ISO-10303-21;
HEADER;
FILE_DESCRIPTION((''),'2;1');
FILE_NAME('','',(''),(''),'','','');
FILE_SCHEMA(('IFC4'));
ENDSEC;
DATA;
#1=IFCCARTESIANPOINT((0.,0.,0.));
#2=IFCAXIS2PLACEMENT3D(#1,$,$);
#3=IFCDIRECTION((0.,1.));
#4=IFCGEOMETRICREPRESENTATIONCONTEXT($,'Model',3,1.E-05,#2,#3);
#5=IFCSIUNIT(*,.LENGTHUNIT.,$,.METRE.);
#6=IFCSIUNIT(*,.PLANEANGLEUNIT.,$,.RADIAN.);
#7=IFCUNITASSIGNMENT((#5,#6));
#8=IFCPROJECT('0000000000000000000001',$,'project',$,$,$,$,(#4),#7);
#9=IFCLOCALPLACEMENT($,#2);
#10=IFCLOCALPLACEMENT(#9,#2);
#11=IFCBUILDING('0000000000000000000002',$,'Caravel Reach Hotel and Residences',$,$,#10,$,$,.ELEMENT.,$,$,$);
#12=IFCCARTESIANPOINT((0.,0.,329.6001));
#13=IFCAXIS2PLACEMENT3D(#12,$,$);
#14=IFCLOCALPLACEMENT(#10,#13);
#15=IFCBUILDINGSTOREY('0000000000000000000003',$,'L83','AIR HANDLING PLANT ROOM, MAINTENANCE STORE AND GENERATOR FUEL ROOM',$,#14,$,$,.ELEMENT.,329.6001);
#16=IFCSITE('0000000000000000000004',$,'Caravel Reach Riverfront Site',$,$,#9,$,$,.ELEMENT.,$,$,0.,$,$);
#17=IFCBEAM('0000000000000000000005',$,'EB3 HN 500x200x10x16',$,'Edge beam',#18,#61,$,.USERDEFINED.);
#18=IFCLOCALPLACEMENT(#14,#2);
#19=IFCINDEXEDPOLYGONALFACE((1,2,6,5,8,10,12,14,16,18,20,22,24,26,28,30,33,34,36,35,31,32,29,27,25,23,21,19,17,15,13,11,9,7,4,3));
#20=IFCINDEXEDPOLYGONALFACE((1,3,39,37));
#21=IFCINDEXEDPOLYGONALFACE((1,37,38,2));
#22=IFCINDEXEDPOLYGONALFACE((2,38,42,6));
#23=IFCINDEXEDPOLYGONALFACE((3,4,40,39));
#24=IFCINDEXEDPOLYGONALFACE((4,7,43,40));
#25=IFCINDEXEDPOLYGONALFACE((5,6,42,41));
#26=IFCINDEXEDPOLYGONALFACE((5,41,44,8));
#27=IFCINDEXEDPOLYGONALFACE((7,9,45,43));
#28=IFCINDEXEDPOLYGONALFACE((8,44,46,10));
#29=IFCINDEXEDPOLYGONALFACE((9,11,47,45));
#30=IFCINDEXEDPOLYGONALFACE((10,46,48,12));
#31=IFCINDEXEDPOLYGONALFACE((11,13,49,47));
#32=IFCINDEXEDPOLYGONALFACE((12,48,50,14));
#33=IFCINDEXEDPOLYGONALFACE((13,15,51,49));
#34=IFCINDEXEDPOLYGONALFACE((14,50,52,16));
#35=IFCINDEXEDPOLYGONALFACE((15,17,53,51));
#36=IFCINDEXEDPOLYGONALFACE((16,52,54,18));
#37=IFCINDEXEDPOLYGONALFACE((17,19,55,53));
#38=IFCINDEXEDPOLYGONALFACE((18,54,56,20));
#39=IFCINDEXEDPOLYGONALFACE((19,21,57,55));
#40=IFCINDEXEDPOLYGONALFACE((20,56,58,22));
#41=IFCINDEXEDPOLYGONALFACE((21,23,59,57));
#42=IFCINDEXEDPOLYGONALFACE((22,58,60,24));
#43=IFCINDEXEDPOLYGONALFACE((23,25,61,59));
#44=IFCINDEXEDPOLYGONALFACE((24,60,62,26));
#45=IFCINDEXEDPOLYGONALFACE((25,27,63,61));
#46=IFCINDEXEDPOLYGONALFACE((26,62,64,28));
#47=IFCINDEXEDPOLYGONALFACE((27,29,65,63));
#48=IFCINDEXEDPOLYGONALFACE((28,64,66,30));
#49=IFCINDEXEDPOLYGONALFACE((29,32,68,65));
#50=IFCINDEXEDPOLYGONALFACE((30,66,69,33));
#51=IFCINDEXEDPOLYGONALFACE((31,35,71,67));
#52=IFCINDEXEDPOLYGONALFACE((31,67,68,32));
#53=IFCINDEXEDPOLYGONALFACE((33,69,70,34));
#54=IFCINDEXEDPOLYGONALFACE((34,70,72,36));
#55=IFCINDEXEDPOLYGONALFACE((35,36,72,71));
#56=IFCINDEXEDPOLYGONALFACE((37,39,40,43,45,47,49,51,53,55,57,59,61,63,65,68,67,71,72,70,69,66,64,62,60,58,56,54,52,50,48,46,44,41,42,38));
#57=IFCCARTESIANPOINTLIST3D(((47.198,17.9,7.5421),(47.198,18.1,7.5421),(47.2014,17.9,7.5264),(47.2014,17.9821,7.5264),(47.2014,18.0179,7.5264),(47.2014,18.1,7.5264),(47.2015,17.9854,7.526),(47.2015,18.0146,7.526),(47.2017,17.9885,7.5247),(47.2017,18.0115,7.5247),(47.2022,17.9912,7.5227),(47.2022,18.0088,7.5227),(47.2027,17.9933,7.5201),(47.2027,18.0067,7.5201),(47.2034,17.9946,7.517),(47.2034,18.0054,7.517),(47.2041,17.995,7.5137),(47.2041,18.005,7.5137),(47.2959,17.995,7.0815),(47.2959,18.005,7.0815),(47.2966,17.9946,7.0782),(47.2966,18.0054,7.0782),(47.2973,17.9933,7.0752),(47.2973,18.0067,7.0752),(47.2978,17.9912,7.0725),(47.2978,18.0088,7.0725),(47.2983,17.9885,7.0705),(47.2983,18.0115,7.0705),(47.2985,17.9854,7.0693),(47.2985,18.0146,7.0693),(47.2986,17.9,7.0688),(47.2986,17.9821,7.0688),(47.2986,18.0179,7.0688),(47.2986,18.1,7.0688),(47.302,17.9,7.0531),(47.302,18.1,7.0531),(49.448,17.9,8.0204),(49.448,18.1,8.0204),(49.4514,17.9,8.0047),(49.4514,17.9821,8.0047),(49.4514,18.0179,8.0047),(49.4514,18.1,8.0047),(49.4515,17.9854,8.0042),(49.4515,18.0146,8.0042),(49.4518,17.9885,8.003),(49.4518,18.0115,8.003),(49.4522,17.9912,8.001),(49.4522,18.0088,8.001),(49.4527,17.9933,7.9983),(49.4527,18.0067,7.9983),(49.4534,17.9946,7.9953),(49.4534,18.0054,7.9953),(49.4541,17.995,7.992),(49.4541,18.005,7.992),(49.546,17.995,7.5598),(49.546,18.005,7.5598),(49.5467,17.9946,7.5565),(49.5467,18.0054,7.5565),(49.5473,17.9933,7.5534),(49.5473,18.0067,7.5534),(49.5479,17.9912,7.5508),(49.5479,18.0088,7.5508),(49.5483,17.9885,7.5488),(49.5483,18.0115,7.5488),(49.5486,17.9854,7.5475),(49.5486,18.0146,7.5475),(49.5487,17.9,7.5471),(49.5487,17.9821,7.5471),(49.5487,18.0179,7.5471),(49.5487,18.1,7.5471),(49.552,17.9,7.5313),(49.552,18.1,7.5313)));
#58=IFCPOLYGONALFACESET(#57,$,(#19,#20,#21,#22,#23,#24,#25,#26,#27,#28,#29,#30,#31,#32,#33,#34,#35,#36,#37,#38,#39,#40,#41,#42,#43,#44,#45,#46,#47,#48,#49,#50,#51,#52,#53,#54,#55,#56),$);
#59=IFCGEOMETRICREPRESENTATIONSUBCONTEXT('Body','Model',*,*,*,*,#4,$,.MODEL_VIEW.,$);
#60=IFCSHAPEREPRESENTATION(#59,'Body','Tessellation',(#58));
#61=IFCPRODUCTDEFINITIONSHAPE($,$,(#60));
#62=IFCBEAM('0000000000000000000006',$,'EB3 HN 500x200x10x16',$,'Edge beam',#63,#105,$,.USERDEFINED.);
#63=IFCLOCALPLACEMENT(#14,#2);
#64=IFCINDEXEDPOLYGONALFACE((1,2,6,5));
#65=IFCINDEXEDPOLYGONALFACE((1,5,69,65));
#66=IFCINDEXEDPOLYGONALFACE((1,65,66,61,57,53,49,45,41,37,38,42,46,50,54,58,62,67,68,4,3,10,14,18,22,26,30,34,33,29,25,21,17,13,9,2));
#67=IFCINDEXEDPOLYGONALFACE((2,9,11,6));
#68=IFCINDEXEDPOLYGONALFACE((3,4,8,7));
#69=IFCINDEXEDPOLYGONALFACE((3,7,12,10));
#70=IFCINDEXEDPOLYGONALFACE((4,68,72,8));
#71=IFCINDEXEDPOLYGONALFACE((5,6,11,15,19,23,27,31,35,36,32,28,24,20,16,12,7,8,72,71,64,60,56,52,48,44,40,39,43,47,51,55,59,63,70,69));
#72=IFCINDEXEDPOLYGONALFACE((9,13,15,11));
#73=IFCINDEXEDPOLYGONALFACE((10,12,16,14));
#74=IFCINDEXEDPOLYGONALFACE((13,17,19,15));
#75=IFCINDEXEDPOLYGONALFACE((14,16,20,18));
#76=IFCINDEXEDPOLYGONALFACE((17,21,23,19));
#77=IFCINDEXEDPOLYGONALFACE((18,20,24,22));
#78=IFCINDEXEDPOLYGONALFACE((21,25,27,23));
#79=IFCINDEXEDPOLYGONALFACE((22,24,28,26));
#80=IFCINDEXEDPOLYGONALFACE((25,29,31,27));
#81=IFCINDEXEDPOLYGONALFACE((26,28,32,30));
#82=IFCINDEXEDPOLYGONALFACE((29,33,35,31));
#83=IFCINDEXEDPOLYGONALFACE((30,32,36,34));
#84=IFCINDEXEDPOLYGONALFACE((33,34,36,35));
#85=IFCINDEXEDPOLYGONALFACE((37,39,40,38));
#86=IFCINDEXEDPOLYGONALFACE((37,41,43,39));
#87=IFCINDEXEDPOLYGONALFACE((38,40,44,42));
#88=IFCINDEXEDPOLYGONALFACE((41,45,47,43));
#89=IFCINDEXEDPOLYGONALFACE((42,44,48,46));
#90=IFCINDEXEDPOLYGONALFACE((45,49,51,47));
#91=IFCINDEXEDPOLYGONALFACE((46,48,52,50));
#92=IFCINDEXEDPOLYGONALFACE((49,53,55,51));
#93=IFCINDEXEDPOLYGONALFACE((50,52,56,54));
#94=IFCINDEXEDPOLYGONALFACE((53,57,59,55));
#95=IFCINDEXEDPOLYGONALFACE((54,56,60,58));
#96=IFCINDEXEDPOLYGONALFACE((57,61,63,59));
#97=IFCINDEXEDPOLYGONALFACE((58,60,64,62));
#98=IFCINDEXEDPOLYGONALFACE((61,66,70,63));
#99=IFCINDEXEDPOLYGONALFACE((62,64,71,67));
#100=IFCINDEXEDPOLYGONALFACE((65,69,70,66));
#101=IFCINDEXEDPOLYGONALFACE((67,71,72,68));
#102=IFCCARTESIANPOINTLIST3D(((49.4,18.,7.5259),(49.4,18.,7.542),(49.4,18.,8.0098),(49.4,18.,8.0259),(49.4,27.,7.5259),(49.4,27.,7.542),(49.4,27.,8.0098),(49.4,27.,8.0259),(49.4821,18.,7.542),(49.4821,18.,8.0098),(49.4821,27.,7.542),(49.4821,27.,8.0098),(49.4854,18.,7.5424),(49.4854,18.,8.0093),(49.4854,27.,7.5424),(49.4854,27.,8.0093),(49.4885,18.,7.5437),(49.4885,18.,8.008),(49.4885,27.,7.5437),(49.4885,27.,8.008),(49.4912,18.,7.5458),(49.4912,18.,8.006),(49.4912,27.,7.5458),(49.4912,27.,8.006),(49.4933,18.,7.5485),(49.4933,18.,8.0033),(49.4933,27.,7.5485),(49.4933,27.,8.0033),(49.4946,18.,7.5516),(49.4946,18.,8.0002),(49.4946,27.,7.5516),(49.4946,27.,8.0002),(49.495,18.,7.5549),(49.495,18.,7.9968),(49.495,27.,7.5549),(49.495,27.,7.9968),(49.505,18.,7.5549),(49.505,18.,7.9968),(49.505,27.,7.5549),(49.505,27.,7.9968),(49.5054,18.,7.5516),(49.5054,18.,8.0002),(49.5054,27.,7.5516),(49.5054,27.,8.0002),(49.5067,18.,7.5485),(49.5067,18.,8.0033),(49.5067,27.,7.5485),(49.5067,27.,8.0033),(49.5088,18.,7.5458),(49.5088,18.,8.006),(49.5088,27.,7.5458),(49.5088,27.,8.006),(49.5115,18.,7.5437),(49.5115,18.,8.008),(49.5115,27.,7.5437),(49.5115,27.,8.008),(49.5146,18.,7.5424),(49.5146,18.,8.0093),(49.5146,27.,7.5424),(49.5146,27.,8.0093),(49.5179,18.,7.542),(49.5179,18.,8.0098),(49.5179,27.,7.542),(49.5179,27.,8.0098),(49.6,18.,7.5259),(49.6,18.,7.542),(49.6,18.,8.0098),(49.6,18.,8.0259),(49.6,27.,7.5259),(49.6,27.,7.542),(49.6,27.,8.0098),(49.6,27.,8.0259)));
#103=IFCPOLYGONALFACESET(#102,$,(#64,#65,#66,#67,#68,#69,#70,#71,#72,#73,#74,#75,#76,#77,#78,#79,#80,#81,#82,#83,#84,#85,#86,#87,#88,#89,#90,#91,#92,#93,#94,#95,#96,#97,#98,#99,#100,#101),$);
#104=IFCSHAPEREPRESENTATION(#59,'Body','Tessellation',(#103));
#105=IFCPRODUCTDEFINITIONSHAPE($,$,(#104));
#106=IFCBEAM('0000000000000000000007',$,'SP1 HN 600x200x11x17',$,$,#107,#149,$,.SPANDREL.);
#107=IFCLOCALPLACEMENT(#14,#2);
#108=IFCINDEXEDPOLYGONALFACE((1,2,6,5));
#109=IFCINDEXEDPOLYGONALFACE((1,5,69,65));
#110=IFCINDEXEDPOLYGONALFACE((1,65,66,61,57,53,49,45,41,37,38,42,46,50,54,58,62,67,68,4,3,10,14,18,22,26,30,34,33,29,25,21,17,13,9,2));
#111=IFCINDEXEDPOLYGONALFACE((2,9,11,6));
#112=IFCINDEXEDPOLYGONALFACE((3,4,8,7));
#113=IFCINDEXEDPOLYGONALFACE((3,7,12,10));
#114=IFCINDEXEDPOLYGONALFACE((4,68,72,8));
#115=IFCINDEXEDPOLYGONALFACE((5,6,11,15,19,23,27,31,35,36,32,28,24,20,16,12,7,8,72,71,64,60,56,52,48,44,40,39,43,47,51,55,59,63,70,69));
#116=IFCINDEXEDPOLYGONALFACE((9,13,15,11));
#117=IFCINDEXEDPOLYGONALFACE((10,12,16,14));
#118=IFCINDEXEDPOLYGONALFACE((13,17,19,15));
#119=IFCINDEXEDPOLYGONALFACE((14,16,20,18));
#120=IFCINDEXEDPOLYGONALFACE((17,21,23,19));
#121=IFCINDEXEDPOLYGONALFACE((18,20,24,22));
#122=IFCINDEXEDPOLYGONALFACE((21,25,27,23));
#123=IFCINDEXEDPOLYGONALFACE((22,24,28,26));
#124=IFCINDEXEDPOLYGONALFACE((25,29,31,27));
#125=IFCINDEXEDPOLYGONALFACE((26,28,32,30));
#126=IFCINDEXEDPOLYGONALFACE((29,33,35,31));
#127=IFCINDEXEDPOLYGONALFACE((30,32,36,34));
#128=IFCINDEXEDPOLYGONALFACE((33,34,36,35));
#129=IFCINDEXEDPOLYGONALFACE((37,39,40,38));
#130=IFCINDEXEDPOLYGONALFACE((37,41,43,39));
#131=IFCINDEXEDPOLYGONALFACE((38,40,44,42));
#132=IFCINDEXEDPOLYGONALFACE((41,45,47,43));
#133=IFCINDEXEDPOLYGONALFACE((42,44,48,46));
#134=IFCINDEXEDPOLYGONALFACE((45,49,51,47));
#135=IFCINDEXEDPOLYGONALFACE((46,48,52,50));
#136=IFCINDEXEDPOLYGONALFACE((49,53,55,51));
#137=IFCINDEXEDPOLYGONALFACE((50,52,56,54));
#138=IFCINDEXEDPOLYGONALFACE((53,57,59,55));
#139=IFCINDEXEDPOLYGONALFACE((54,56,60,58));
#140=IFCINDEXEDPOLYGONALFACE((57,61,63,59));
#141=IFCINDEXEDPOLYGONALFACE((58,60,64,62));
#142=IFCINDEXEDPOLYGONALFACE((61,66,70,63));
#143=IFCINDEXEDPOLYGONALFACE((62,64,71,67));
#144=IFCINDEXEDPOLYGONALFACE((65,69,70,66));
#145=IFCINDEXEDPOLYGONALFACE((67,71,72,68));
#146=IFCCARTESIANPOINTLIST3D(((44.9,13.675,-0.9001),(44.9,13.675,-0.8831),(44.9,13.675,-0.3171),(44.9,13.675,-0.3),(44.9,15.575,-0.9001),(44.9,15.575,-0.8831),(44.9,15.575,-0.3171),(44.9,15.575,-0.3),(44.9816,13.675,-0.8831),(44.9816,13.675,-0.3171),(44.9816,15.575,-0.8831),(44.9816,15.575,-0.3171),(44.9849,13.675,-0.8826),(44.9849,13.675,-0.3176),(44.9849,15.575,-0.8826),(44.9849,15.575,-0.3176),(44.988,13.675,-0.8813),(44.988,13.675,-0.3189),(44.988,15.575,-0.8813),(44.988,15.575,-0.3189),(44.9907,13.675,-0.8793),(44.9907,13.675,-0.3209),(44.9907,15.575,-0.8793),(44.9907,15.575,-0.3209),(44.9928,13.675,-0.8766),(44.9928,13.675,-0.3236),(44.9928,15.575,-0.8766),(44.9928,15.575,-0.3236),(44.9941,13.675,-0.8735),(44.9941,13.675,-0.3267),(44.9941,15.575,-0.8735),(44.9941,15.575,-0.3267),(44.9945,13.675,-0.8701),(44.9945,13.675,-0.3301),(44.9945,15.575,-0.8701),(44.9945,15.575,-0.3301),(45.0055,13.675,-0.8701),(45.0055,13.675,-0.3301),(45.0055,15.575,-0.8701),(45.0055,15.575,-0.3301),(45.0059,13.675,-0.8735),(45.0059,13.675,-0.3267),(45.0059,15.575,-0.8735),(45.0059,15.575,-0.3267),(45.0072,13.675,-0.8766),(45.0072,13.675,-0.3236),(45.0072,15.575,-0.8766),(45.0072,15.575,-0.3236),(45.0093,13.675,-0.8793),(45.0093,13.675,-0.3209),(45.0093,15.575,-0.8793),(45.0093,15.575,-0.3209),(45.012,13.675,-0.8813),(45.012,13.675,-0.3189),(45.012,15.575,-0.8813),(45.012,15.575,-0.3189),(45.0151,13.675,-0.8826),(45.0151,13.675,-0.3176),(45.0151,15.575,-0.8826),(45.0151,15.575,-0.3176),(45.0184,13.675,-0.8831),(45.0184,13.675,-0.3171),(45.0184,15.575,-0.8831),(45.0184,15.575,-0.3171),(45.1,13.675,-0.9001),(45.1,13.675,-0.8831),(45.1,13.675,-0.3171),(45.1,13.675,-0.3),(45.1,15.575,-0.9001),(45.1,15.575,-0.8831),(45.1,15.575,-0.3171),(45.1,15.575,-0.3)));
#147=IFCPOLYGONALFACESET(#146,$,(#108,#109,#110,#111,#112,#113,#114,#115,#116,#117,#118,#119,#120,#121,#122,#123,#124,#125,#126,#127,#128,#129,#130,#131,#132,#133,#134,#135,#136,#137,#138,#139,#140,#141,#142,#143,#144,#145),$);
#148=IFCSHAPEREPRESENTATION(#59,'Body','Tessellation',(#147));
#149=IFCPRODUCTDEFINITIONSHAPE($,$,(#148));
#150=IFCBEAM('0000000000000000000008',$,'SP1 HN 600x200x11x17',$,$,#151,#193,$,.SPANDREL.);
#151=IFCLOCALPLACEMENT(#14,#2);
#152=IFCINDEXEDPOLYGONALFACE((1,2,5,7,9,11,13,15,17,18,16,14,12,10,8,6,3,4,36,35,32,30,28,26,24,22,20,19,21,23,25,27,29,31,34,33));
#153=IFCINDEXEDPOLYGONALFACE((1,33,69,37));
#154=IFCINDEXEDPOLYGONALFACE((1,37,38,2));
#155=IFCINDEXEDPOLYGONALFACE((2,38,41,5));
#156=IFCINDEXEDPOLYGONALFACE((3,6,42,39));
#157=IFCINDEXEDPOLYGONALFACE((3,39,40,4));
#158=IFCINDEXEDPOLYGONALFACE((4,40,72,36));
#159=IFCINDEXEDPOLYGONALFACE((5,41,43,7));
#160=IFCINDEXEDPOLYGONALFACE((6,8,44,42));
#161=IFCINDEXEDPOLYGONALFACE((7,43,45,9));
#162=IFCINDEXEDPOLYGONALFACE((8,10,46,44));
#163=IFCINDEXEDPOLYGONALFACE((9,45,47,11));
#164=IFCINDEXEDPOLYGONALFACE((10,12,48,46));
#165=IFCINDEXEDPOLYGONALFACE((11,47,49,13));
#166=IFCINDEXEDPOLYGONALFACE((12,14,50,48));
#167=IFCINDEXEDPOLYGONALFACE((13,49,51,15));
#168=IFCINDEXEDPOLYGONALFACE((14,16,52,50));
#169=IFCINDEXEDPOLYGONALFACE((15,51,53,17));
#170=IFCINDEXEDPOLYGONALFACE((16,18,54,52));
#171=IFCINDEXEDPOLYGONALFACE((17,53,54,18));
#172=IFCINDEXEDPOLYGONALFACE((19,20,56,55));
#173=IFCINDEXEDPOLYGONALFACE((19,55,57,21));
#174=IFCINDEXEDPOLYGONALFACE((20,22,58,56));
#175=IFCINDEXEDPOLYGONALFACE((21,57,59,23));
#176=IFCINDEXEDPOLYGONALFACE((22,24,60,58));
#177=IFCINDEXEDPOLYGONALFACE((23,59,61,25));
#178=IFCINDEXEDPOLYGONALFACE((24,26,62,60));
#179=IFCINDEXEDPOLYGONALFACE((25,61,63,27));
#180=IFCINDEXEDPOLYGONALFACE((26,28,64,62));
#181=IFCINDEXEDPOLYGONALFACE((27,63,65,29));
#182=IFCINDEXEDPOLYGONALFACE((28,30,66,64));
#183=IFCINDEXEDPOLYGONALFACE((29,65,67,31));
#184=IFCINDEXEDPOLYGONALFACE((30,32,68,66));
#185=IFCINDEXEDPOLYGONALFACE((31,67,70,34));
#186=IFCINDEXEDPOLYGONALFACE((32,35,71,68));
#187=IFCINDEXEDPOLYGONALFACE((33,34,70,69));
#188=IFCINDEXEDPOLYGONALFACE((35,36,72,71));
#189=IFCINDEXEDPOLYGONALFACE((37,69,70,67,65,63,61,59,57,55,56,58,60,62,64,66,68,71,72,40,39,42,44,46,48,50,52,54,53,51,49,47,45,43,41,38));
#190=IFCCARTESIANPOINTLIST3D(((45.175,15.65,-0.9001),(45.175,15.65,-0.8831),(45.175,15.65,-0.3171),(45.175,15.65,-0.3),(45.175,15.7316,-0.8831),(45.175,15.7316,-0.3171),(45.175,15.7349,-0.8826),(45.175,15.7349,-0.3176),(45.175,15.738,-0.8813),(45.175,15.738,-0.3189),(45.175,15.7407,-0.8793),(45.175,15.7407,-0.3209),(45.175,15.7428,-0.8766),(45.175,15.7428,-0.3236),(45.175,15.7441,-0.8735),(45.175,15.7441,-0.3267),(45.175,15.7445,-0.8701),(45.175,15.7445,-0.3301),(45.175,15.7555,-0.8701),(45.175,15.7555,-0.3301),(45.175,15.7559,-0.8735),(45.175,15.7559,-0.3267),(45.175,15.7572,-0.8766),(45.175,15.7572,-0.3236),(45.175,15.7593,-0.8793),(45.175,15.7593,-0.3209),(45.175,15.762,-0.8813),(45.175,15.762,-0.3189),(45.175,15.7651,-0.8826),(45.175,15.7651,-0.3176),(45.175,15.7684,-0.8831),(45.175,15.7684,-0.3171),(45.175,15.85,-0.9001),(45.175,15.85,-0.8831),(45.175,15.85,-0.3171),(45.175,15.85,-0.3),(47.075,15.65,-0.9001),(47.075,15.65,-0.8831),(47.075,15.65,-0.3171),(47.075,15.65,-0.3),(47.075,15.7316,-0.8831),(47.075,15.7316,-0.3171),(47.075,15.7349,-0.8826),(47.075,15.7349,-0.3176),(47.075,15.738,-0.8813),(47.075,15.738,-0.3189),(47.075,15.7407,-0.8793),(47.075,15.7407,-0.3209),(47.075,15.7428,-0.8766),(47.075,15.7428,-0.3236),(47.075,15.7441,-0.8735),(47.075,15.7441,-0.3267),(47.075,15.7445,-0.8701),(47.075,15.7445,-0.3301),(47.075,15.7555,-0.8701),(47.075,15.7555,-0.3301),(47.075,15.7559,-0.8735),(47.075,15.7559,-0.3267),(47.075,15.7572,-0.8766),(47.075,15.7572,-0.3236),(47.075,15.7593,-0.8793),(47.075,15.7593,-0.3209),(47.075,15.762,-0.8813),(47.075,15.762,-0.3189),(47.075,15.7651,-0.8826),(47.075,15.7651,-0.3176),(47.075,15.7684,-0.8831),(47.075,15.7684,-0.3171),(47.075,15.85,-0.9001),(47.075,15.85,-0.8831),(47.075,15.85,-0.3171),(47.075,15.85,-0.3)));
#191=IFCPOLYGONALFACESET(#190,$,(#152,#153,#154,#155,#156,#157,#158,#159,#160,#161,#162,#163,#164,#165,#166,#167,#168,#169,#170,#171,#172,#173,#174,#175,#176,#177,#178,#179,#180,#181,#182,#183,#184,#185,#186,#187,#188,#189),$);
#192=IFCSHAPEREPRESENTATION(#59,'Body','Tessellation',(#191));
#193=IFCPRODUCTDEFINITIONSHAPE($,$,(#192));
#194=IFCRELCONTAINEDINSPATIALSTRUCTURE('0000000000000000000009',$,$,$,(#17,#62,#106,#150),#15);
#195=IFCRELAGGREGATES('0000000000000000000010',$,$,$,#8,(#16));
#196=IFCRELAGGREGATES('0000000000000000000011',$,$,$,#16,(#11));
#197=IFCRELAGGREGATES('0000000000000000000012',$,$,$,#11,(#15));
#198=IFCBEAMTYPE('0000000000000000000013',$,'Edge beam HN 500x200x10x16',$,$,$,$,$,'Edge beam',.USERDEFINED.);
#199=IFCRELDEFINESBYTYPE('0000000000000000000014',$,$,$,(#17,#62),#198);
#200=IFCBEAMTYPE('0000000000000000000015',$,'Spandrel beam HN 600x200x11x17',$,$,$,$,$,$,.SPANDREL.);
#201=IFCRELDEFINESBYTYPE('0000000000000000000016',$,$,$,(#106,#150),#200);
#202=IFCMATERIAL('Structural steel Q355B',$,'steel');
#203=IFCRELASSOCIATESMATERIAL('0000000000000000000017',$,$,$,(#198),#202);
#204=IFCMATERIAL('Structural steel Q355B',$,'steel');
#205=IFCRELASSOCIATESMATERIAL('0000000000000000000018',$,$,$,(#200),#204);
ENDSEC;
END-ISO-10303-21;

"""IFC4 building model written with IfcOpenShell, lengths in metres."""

from ifc_helpers import new_model, si_unit, direction, frame, origin, origin_2d, place, context, subcontext, project, spatial, i_section, extrude, material, material_profile, profile_set, type_object, element, save


model = new_model("IFC4")

# Units and contexts
model_context = context("Model", 3, precision=1e-05, world=origin(), true_north=direction((0.0, 1.0)))
body_context = subcontext(model_context, "Body", "Model", "MODEL_VIEW")
ifc_project = project(units=[si_unit("LENGTHUNIT", "METRE"), si_unit("PLANEANGLEUNIT", "RADIAN")], contexts=[model_context])

# Site, building, storey
site_placement = place(None, origin())
site = spatial("IfcSite", under=ifc_project, at=site_placement, Name="Caravel Reach Riverfront Site", CompositionType="ELEMENT", RefElevation=0.0)
building_placement = place(site_placement, origin())
building = spatial("IfcBuilding", under=site, at=building_placement, Name="Caravel Reach Hotel and Residences", CompositionType="ELEMENT")
storey_placement = place(building_placement, frame((0.0, 0.0, 329.6001)))
storey = spatial("IfcBuildingStorey", under=building, at=storey_placement, Name="L83", Description="AIR HANDLING PLANT ROOM, MAINTENANCE STORE AND GENERATOR FUEL ROOM", CompositionType="ELEMENT", Elevation=329.6001)

# Beams
ifc_material_1 = material(Name="Structural steel Q355B", Category="steel")
ifc_material_profile_1 = material_profile(ifc_material_1, i_section(OverallWidth=0.2, OverallDepth=0.5, WebThickness=0.01, FlangeThickness=0.0161, FilletRadius=0.0129, at=origin_2d()), Name="HN 500x200x10x16")
ifc_profile_set_1 = profile_set([ifc_material_profile_1], Name="Structural steel Q355B")
beam_type_1 = type_object("IfcBeamType", Name="Edge beam HN 500x200x10x16", ElementType="Edge beam", PredefinedType="USERDEFINED", material=ifc_profile_set_1)
beam_1_placement = place(storey_placement, frame((47.25, 18.0, 7.2976), z_axis=(0.978146, 0.0, 0.20792), x_axis=(0.0, 1.0, 0.0)))
element("IfcBeam", 1, at=beam_1_placement, inside=storey, type_object=beam_type_1, Name="EB3 HN 500x200x10x16", ObjectType="Edge beam", PredefinedType="USERDEFINED", context=body_context, shape_type="SweptSolid", body=[
    extrude(i_section(OverallWidth=0.2, OverallDepth=0.5, WebThickness=0.01, FlangeThickness=0.0161, FilletRadius=0.0129, at=origin_2d()), origin(), (0.0, 0.0, 1.0), 2.3003),
])
beam_2_placement = place(storey_placement, frame((49.5, 18.0, 7.7759), z_axis=(0.0, 1.0, 0.0), x_axis=(-1.0, 0.0, 0.0)))
element("IfcBeam", 2, at=beam_2_placement, inside=storey, type_object=beam_type_1, Name="EB3 HN 500x200x10x16", ObjectType="Edge beam", PredefinedType="USERDEFINED", context=body_context, shape_type="SweptSolid", body=[
    extrude(i_section(OverallWidth=0.2, OverallDepth=0.5, WebThickness=0.01, FlangeThickness=0.0161, FilletRadius=0.0129, at=origin_2d()), origin(), (0.0, 0.0, 1.0), 9.0),
])
ifc_material_2 = material(Name="Structural steel Q355B", Category="steel")
ifc_material_profile_2 = material_profile(ifc_material_2, i_section(OverallWidth=0.2, OverallDepth=0.6001, WebThickness=0.011, FlangeThickness=0.0171, FilletRadius=0.0129, at=origin_2d()), Name="HN 600x200x11x17")
ifc_profile_set_2 = profile_set([ifc_material_profile_2], Name="Structural steel Q355B")
beam_type_2 = type_object("IfcBeamType", Name="Spandrel beam HN 600x200x11x17", PredefinedType="SPANDREL", material=ifc_profile_set_2)
for number, where, z_axis, x_axis, name in (
    (3, (45.0, 13.675, -0.6001), (0.0, 1.0, 0.0), (-1.0, 0.0, 0.0), "SP1 HN 600x200x11x17"),
    (4, (45.175, 15.75, -0.6001), (1.0, 0.0, 0.0), (0.0, 1.0, 0.0), "SP1 HN 600x200x11x17"),
):
    element("IfcBeam", number, at=place(storey_placement, frame(where, z_axis=z_axis, x_axis=x_axis)), inside=storey, type_object=beam_type_2, Name=name, PredefinedType="SPANDREL", context=body_context, shape_type="SweptSolid", body=[
        extrude(i_section(OverallWidth=0.2, OverallDepth=0.6001, WebThickness=0.011, FlangeThickness=0.0171, FilletRadius=0.0129, at=origin_2d()), origin(), (0.0, 0.0, 1.0), 1.8999),
    ])

save(model, "model.ifc")
